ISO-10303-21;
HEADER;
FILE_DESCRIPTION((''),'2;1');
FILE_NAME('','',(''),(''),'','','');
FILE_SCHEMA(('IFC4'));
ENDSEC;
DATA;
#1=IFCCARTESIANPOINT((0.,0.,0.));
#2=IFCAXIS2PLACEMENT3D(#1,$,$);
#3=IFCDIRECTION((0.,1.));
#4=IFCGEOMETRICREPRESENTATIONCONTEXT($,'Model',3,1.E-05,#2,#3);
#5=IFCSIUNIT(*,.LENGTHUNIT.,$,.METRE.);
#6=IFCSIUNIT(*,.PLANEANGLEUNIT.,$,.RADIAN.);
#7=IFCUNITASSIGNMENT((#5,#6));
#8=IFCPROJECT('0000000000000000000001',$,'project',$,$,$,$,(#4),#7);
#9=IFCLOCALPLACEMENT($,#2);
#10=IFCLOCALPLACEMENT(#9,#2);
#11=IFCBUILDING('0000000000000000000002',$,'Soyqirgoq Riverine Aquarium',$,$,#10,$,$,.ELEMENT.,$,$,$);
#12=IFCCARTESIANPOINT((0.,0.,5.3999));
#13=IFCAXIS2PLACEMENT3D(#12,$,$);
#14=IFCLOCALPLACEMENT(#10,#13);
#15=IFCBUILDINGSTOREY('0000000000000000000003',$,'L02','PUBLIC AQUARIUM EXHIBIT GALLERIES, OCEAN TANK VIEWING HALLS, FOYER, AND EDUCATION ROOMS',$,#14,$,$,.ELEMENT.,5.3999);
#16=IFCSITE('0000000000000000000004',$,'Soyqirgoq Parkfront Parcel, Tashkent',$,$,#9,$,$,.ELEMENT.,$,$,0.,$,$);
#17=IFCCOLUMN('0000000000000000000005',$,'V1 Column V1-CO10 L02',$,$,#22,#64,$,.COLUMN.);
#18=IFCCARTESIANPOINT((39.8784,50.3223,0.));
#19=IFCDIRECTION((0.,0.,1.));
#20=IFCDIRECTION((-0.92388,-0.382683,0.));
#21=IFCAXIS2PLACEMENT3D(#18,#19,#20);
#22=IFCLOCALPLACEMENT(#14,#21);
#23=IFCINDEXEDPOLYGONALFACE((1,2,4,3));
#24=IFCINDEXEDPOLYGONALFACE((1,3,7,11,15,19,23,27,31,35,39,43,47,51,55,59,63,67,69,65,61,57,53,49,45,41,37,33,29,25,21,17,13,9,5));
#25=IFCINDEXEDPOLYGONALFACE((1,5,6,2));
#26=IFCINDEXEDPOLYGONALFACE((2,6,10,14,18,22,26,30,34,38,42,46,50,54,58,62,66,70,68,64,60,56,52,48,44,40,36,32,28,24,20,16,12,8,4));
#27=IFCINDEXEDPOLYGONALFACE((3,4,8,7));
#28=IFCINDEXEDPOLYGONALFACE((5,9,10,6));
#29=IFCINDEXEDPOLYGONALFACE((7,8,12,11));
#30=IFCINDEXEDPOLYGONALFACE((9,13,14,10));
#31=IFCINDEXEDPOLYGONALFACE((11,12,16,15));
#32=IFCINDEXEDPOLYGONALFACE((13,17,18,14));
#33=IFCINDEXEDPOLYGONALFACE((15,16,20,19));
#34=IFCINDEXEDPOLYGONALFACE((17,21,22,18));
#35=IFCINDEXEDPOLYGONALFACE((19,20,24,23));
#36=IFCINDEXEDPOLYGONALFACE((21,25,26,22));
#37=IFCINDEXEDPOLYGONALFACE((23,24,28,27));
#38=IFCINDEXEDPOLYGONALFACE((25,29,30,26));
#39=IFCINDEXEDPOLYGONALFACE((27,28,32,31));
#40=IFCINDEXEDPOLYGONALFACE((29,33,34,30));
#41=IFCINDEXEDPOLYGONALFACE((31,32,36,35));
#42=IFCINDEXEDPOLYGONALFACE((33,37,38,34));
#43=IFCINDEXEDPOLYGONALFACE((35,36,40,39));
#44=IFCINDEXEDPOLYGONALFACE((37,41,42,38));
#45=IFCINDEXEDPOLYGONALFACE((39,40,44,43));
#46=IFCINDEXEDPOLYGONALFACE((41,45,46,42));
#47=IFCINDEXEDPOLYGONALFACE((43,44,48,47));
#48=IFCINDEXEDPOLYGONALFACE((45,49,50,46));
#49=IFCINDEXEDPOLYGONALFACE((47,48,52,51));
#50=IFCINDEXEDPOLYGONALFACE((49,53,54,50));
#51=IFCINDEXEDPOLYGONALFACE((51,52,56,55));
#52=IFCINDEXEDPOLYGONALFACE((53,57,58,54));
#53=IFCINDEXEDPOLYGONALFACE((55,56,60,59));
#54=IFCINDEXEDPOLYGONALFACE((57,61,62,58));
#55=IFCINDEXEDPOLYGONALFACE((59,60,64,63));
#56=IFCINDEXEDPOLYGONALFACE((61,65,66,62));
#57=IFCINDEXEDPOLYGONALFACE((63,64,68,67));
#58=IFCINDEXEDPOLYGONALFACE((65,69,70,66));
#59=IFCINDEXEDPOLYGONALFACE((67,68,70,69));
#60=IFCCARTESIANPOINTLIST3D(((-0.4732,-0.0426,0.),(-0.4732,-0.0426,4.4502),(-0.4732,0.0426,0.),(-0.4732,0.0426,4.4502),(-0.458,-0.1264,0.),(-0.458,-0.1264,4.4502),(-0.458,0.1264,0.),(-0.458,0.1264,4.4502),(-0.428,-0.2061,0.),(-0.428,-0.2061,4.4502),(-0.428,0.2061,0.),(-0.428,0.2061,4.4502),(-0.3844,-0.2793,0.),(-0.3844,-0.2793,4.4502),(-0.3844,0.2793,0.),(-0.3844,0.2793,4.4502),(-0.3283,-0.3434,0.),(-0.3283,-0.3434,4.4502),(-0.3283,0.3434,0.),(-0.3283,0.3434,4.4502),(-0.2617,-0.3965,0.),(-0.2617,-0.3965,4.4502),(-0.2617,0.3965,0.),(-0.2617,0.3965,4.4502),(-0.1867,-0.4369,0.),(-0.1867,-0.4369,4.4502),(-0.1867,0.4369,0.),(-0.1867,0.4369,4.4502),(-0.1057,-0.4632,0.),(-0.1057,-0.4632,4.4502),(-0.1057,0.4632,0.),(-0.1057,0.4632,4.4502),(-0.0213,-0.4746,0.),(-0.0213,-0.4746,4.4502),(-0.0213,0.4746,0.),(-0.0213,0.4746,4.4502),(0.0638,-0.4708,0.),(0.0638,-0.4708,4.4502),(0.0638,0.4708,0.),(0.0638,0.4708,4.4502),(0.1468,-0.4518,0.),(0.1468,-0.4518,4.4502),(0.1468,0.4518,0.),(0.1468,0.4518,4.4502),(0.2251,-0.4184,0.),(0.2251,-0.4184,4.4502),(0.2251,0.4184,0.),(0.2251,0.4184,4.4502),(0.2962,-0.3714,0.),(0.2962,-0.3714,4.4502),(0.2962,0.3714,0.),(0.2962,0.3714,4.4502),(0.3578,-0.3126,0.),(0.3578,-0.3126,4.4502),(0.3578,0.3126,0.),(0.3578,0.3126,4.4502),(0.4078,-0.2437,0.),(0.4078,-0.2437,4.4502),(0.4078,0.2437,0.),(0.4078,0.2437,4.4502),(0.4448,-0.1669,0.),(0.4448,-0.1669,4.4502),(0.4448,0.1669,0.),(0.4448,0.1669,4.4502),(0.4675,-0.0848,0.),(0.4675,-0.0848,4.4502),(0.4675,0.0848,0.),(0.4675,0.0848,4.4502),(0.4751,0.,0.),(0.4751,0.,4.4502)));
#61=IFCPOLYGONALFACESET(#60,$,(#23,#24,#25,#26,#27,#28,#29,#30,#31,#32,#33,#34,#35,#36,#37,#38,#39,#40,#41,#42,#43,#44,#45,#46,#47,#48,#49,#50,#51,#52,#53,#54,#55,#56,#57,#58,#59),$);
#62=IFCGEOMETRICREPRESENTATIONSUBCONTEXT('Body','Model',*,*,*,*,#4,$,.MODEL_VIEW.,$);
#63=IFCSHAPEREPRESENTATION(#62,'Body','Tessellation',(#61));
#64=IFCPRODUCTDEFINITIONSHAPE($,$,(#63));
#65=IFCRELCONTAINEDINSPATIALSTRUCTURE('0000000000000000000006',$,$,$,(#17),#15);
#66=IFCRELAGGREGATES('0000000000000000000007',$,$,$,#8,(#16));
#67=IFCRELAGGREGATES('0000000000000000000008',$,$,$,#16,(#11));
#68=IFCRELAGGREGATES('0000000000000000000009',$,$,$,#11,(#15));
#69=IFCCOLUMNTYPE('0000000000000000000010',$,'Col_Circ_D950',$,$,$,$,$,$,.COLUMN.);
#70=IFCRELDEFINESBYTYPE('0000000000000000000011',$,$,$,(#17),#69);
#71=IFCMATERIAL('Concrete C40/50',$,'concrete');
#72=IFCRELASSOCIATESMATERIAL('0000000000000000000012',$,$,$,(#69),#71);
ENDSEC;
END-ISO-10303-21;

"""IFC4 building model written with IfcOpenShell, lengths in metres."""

from ifc_helpers import new_model, si_unit, direction, frame, origin, origin_2d, place, context, subcontext, project, spatial, circle, extrude, material, material_profile, profile_set, type_object, element, save


model = new_model("IFC4")

# Units and contexts
model_context = context("Model", 3, precision=1e-05, world=origin(), true_north=direction((0.0, 1.0)))
body_context = subcontext(model_context, "Body", "Model", "MODEL_VIEW")
ifc_project = project(units=[si_unit("LENGTHUNIT", "METRE"), si_unit("PLANEANGLEUNIT", "RADIAN")], contexts=[model_context])

# Site, building, storey
site_placement = place(None, origin())
site = spatial("IfcSite", under=ifc_project, at=site_placement, Name="Soyqirgoq Parkfront Parcel, Tashkent", CompositionType="ELEMENT", RefElevation=0.0)
building_placement = place(site_placement, origin())
building = spatial("IfcBuilding", under=site, at=building_placement, Name="Soyqirgoq Riverine Aquarium", CompositionType="ELEMENT")
storey_placement = place(building_placement, frame((0.0, 0.0, 5.3999)))
storey = spatial("IfcBuildingStorey", under=building, at=storey_placement, Name="L02", Description="PUBLIC AQUARIUM EXHIBIT GALLERIES, OCEAN TANK VIEWING HALLS, FOYER, AND EDUCATION ROOMS", CompositionType="ELEMENT", Elevation=5.3999)

# Column
ifc_material_1 = material(Name="Concrete C40/50", Category="concrete")
ifc_material_profile_1 = material_profile(ifc_material_1, circle(Radius=0.4751, at=origin_2d()), Name="RC-COL D950")
ifc_profile_set_1 = profile_set([ifc_material_profile_1], Name="Concrete C40/50")
column_type = type_object("IfcColumnType", Name="Col_Circ_D950", PredefinedType="COLUMN", material=ifc_profile_set_1)
column_placement = place(storey_placement, frame((39.8784, 50.3223, 0.0), z_axis=(0.0, 0.0, 1.0), x_axis=(-0.92388, -0.382683, 0.0)))
element("IfcColumn", 1, at=column_placement, inside=storey, type_object=column_type, Name="V1 Column V1-CO10 L02", PredefinedType="COLUMN", context=body_context, shape_type="SweptSolid", body=[
    extrude(circle(Radius=0.4751, at=origin_2d()), origin(), (0.0, 0.0, 1.0), 4.4502),
])

save(model, "model.ifc")
